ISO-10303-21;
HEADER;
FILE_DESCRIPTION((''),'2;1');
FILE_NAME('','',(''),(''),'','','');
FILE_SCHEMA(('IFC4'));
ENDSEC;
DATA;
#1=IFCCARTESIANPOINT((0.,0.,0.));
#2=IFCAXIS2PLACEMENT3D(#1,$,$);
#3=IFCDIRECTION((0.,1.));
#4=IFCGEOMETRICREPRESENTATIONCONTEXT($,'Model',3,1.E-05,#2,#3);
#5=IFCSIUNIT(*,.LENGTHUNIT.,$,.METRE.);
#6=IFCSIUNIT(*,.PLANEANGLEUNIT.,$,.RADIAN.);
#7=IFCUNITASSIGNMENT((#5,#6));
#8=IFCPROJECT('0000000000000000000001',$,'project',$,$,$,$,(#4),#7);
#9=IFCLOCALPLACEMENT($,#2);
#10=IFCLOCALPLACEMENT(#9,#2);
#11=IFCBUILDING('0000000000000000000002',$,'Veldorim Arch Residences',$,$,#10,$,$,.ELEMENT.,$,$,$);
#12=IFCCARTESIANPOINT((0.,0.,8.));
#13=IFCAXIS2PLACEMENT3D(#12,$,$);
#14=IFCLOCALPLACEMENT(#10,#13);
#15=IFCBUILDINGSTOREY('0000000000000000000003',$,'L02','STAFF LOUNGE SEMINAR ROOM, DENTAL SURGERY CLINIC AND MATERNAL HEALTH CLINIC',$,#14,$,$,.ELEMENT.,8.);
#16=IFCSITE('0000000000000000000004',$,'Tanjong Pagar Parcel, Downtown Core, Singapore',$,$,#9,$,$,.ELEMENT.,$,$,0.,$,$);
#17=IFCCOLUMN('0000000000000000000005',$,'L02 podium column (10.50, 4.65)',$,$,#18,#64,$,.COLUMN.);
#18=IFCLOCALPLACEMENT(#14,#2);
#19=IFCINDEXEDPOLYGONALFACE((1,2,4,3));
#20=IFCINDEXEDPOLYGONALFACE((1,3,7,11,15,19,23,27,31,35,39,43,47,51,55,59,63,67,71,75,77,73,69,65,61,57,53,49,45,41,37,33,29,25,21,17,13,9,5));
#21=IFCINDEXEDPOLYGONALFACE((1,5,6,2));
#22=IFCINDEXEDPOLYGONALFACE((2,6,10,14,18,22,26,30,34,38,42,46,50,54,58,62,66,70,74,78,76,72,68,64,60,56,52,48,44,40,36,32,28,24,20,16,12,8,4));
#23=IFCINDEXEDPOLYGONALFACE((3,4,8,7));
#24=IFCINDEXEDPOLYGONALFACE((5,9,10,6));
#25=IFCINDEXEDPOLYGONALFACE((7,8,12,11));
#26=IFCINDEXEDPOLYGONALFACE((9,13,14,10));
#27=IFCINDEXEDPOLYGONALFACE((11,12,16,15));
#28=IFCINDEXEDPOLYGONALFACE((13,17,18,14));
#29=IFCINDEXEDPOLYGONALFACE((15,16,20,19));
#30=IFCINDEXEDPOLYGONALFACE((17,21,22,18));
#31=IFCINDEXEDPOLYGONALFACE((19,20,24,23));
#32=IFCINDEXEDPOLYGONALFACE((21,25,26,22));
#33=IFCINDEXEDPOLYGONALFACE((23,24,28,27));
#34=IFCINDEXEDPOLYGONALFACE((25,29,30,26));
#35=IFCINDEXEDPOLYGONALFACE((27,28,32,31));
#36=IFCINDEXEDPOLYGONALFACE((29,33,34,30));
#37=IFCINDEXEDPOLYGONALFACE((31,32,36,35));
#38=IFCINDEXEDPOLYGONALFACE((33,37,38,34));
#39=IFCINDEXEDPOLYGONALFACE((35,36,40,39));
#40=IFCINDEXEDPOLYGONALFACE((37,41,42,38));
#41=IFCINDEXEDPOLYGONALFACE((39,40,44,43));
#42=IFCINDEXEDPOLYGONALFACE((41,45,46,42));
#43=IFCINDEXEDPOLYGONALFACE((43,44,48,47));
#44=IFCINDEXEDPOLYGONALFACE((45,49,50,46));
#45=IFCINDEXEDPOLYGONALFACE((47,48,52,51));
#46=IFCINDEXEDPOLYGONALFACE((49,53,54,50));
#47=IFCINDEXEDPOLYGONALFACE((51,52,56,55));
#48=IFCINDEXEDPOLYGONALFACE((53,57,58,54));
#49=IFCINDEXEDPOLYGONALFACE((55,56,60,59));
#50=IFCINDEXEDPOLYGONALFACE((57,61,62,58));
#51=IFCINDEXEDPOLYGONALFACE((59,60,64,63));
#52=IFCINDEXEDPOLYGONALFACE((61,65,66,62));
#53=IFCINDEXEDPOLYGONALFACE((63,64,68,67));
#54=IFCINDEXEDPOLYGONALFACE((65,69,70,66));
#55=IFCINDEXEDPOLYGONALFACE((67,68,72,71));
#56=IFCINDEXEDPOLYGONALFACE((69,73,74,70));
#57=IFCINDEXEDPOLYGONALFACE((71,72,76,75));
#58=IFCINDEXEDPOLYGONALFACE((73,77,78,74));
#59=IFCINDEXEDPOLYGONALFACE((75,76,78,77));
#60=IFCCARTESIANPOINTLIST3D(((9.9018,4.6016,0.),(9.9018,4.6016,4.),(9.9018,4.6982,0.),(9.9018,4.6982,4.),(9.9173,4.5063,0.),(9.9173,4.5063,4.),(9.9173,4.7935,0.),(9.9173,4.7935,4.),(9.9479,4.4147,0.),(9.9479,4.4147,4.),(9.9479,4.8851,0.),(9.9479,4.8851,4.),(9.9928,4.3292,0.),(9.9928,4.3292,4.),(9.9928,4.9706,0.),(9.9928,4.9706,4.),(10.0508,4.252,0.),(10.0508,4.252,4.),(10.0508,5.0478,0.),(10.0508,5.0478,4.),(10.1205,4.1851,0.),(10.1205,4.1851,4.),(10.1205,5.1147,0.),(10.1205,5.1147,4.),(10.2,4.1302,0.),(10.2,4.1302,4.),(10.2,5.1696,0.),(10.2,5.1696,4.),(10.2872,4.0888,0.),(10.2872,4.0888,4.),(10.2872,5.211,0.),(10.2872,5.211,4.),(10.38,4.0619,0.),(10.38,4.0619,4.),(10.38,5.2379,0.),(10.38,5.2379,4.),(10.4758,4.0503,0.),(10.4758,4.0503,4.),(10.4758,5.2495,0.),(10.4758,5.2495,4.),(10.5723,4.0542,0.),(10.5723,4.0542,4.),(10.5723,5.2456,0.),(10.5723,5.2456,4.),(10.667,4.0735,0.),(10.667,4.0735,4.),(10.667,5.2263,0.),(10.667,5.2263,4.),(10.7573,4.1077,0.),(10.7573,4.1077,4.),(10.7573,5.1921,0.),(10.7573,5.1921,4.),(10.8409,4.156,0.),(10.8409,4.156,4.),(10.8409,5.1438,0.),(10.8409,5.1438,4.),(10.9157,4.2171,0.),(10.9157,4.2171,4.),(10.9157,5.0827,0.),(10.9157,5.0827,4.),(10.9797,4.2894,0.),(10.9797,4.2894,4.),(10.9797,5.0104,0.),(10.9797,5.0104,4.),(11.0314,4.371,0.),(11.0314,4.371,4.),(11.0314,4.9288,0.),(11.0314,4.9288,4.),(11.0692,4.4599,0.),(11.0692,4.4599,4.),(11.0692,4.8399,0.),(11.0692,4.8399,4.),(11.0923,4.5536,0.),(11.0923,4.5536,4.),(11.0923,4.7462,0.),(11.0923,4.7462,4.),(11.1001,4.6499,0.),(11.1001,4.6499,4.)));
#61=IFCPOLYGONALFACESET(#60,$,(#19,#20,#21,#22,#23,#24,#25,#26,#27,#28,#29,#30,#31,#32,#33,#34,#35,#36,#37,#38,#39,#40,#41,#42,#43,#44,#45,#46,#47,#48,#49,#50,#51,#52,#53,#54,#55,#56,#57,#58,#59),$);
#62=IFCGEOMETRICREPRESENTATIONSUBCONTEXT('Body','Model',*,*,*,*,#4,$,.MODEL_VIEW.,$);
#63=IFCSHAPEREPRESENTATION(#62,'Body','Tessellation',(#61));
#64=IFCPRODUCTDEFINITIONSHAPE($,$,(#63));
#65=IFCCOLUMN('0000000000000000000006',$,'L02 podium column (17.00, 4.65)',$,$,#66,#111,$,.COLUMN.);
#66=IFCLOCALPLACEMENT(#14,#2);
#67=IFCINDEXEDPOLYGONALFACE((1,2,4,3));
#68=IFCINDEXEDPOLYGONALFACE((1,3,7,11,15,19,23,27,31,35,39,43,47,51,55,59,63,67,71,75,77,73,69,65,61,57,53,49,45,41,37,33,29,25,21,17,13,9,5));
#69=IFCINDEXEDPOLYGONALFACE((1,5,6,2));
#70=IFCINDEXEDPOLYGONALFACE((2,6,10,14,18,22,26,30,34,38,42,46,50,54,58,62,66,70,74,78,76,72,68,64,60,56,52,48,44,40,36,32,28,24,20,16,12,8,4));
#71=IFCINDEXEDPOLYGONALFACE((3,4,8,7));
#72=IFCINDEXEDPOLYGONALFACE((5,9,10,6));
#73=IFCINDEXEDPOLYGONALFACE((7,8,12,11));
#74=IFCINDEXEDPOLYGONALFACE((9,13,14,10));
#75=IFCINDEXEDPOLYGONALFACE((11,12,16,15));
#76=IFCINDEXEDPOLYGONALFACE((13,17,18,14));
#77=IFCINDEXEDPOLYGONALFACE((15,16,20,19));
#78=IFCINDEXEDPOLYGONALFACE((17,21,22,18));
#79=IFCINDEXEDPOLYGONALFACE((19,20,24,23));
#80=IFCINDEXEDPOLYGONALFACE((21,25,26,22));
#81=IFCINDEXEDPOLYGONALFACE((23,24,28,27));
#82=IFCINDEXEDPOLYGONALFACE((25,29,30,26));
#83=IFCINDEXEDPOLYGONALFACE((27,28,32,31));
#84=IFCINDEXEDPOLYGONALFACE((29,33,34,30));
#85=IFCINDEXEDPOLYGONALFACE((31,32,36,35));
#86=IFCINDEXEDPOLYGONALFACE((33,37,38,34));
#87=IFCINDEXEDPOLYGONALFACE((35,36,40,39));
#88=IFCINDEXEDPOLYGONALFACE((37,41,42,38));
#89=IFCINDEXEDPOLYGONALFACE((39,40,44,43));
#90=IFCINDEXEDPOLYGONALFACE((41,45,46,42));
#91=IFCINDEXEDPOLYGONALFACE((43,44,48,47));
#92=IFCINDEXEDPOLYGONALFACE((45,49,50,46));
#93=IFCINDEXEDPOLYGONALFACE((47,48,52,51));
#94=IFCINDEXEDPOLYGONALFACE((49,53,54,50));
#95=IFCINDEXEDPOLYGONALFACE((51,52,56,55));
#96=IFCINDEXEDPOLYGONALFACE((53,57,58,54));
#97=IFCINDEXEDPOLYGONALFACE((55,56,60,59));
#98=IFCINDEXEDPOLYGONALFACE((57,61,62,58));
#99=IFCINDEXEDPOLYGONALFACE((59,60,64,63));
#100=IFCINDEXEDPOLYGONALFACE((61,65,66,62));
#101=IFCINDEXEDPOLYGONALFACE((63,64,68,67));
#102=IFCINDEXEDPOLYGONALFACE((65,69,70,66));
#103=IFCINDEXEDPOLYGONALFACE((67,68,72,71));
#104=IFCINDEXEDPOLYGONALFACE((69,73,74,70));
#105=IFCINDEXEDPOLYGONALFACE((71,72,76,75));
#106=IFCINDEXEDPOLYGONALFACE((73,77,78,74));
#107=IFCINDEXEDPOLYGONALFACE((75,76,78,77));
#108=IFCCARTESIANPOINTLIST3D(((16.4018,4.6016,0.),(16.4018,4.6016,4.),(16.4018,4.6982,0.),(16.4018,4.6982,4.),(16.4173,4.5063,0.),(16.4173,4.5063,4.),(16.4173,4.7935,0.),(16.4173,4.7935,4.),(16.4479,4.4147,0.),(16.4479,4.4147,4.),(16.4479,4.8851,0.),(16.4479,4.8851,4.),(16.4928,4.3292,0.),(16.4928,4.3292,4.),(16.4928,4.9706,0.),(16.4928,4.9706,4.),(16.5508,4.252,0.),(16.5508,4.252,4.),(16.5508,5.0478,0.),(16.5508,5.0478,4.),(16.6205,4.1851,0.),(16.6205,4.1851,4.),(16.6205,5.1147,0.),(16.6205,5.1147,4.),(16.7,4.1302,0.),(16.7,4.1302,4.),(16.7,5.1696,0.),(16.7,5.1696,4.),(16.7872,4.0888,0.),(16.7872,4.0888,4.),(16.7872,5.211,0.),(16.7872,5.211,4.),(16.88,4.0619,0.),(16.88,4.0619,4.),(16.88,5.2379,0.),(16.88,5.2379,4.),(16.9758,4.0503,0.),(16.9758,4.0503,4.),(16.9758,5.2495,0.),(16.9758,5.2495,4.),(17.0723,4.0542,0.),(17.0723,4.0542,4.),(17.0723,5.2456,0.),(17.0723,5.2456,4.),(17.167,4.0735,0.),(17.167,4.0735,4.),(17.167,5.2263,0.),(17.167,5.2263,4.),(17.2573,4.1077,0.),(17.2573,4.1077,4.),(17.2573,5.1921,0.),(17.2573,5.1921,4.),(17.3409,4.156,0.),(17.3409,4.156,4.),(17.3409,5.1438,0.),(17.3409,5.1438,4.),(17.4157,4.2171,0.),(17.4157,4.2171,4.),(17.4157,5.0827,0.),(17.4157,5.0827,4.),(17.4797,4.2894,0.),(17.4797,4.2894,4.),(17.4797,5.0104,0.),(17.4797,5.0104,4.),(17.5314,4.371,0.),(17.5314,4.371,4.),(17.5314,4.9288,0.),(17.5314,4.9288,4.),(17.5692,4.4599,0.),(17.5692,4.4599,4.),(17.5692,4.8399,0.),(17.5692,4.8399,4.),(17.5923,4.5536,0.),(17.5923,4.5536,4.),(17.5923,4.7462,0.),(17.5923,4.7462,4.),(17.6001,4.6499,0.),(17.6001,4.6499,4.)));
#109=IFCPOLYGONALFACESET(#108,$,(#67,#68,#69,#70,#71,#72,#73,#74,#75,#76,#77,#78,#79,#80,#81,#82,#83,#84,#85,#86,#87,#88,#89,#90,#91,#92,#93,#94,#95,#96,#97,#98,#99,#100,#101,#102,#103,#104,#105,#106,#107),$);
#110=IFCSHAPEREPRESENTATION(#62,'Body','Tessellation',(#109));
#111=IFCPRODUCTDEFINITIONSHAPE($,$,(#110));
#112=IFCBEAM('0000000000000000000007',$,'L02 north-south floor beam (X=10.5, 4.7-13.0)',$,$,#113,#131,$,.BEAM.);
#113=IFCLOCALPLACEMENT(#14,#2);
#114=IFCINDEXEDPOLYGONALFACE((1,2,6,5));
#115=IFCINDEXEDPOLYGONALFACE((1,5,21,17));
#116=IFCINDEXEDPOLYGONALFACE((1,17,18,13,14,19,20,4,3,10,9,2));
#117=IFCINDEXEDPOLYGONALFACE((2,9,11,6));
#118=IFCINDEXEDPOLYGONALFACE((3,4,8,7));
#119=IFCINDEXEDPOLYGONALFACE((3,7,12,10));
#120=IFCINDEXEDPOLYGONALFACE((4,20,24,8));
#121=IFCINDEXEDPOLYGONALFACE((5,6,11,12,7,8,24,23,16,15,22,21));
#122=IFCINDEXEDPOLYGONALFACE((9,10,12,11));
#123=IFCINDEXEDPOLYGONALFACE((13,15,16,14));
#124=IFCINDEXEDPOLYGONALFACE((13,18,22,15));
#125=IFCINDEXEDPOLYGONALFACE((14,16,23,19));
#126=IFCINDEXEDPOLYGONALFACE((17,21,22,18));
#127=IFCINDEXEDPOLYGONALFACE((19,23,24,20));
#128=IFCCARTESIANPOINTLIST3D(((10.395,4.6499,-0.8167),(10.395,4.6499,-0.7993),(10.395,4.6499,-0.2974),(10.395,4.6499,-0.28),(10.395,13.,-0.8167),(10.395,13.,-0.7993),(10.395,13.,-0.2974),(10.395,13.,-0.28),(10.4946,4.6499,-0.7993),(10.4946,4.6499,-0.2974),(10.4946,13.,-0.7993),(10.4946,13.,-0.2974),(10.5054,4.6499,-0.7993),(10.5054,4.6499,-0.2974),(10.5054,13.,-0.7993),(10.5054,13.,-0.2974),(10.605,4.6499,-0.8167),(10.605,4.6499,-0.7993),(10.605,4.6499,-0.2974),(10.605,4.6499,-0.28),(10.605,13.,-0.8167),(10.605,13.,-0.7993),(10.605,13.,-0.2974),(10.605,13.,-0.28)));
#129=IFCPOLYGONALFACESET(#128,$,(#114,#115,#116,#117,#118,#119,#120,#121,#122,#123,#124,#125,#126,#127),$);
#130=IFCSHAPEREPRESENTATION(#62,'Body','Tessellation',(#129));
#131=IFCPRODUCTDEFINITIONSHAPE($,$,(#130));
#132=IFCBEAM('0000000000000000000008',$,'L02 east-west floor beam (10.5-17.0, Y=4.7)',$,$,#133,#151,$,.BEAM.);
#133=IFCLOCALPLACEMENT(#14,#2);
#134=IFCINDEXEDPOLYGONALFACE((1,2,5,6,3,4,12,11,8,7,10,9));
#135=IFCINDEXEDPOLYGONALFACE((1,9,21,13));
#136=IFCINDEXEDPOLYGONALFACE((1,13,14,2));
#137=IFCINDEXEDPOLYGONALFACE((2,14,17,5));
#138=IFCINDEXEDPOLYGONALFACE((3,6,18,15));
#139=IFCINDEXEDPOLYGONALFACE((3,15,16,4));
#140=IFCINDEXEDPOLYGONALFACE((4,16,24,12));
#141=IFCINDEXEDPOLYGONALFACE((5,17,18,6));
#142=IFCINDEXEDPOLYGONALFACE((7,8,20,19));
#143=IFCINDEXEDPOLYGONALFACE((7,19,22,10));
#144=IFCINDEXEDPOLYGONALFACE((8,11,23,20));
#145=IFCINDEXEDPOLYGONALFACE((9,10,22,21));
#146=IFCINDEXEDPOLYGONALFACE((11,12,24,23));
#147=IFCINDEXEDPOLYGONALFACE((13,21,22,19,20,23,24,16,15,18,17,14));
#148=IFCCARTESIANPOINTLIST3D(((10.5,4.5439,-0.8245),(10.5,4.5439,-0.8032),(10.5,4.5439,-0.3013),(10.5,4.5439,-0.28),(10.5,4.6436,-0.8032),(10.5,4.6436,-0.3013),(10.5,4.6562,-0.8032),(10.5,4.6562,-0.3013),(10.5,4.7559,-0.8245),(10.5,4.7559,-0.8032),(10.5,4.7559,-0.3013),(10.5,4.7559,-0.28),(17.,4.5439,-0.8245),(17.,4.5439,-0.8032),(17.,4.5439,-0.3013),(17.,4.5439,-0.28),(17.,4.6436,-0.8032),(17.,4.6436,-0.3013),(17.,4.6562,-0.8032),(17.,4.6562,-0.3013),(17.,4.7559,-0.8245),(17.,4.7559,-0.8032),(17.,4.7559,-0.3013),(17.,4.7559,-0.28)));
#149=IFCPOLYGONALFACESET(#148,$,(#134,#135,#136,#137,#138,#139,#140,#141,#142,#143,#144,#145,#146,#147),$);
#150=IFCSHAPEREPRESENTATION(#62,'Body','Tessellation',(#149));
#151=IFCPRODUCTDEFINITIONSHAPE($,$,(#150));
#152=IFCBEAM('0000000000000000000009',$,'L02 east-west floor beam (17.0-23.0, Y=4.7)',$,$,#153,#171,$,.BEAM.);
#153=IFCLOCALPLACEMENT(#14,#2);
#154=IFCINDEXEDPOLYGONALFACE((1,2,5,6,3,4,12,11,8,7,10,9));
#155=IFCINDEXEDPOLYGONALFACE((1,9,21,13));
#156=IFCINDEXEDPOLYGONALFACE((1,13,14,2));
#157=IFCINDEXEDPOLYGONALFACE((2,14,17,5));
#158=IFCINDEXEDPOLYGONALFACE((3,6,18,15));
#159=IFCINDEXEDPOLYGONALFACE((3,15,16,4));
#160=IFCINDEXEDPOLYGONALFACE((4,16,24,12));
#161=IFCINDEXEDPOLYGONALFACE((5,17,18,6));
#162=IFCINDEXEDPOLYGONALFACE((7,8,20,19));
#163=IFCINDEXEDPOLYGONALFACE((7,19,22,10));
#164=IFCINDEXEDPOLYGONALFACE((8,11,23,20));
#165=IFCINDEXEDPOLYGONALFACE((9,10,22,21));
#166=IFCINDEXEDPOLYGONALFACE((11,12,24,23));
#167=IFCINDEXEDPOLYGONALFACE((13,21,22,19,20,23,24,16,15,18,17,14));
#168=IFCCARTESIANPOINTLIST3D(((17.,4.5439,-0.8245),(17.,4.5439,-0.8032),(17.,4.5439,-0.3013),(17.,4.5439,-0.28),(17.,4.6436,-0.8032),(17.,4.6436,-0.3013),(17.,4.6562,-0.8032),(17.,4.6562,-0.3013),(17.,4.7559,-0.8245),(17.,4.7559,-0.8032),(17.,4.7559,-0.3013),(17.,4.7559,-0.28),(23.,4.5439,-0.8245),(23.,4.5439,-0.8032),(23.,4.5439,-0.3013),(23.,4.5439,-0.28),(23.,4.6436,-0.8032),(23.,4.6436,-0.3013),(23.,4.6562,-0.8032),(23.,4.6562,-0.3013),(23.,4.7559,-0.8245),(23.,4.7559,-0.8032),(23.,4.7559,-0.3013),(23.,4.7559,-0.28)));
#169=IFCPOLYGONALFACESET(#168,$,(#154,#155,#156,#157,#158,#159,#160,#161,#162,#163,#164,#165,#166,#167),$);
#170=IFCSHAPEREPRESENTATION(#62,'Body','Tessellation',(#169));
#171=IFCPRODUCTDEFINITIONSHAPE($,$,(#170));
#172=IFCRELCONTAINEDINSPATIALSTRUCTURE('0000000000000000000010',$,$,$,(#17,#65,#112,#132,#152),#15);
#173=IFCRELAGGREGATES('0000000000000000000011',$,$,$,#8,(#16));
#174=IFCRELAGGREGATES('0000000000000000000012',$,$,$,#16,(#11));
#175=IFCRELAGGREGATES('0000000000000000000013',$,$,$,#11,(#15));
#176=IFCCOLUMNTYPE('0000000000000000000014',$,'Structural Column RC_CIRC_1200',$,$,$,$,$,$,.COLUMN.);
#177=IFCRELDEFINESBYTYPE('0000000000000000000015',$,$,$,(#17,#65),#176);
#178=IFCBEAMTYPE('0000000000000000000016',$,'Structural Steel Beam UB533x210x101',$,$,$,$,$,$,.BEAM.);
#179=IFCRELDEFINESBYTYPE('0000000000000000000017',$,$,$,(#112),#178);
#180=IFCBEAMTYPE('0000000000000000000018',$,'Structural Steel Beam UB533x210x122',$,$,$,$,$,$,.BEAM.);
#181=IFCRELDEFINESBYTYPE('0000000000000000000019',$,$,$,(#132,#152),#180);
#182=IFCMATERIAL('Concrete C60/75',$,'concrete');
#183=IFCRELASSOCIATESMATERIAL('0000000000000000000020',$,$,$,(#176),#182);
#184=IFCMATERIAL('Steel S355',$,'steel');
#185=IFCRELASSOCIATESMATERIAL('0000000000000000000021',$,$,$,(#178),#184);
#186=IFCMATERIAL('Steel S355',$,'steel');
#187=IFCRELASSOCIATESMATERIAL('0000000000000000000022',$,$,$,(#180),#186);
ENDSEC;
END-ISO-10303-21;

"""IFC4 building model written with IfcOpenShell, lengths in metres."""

from ifc_helpers import new_model, si_unit, direction, frame, origin, origin_2d, place, context, subcontext, project, spatial, circle, i_section, extrude, material, material_profile, profile_set, type_object, element, save


model = new_model("IFC4")

# Units and contexts
model_context = context("Model", 3, precision=1e-05, world=origin(), true_north=direction((0.0, 1.0)))
body_context = subcontext(model_context, "Body", "Model", "MODEL_VIEW")
ifc_project = project(units=[si_unit("LENGTHUNIT", "METRE"), si_unit("PLANEANGLEUNIT", "RADIAN")], contexts=[model_context])

# Site, building, storey
site_placement = place(None, origin())
site = spatial("IfcSite", under=ifc_project, at=site_placement, Name="Tanjong Pagar Parcel, Downtown Core, Singapore", CompositionType="ELEMENT", RefElevation=0.0)
building_placement = place(site_placement, origin())
building = spatial("IfcBuilding", under=site, at=building_placement, Name="Veldorim Arch Residences", CompositionType="ELEMENT")
storey_placement = place(building_placement, frame((0.0, 0.0, 8.0)))
storey = spatial("IfcBuildingStorey", under=building, at=storey_placement, Name="L02", Description="STAFF LOUNGE SEMINAR ROOM, DENTAL SURGERY CLINIC AND MATERNAL HEALTH CLINIC", CompositionType="ELEMENT", Elevation=8.0)

# Columns
ifc_material_1 = material(Name="Concrete C60/75", Category="concrete")
ifc_material_profile_1 = material_profile(ifc_material_1, circle(Radius=0.6001, at=origin_2d()), Name="RC_CIRC_1200")
ifc_profile_set_1 = profile_set([ifc_material_profile_1], Name="Concrete C60/75")
column_type = type_object("IfcColumnType", Name="Structural Column RC_CIRC_1200", PredefinedType="COLUMN", material=ifc_profile_set_1)
for number, where, z_axis, x_axis, name in (
    (1, (10.5, 4.6499, 0.0), (0.0, 0.0, 1.0), (1.0, 0.0, 0.0), "L02 podium column (10.50, 4.65)"),
    (2, (17.0, 4.6499, 0.0), (0.0, 0.0, 1.0), (1.0, 0.0, 0.0), "L02 podium column (17.00, 4.65)"),
):
    element("IfcColumn", number, at=place(storey_placement, frame(where, z_axis=z_axis, x_axis=x_axis)), inside=storey, type_object=column_type, Name=name, PredefinedType="COLUMN", context=body_context, shape_type="SweptSolid", body=[
        extrude(circle(Radius=0.6001, at=origin_2d()), origin(), (0.0, 0.0, 1.0), 4.0),
    ])

# Beams
ifc_material_2 = material(Name="Steel S355", Category="steel")
ifc_material_profile_2 = material_profile(ifc_material_2, i_section(OverallWidth=0.21, OverallDepth=0.5366, WebThickness=0.0107, FlangeThickness=0.0173, at=origin_2d()), Name="UB533x210x101")
ifc_profile_set_2 = profile_set([ifc_material_profile_2], Name="Steel S355")
beam_type_1 = type_object("IfcBeamType", Name="Structural Steel Beam UB533x210x101", PredefinedType="BEAM", material=ifc_profile_set_2)
beam_1_placement = place(storey_placement, frame((10.5, 4.6499, -0.5483), z_axis=(0.0, 1.0, 0.0), x_axis=(-1.0, 0.0, 0.0)))
element("IfcBeam", 3, at=beam_1_placement, inside=storey, type_object=beam_type_1, Name="L02 north-south floor beam (X=10.5, 4.7-13.0)", PredefinedType="BEAM", context=body_context, shape_type="SweptSolid", body=[
    extrude(i_section(OverallWidth=0.21, OverallDepth=0.5366, WebThickness=0.0107, FlangeThickness=0.0173, at=origin_2d()), origin(), (0.0, 0.0, 1.0), 8.3501),
])
ifc_material_3 = material(Name="Steel S355", Category="steel")
ifc_material_profile_3 = material_profile(ifc_material_3, i_section(OverallWidth=0.2119, OverallDepth=0.5444, WebThickness=0.0127, FlangeThickness=0.0212, at=origin_2d()), Name="UB533x210x122")
ifc_profile_set_3 = profile_set([ifc_material_profile_3], Name="Steel S355")
beam_type_2 = type_object("IfcBeamType", Name="Structural Steel Beam UB533x210x122", PredefinedType="BEAM", material=ifc_profile_set_3)
beam_2_placement = place(storey_placement, frame((10.5, 4.6499, -0.5522), z_axis=(1.0, 0.0, 0.0), x_axis=(0.0, 1.0, 0.0)))
element("IfcBeam", 4, at=beam_2_placement, inside=storey, type_object=beam_type_2, Name="L02 east-west floor beam (10.5-17.0, Y=4.7)", PredefinedType="BEAM", context=body_context, shape_type="SweptSolid", body=[
    extrude(i_section(OverallWidth=0.2119, OverallDepth=0.5444, WebThickness=0.0127, FlangeThickness=0.0212, at=origin_2d()), origin(), (0.0, 0.0, 1.0), 6.5),
])
beam_3_placement = place(storey_placement, frame((17.0, 4.6499, -0.5522), z_axis=(1.0, 0.0, 0.0), x_axis=(0.0, 1.0, 0.0)))
element("IfcBeam", 5, at=beam_3_placement, inside=storey, type_object=beam_type_2, Name="L02 east-west floor beam (17.0-23.0, Y=4.7)", PredefinedType="BEAM", context=body_context, shape_type="SweptSolid", body=[
    extrude(i_section(OverallWidth=0.2119, OverallDepth=0.5444, WebThickness=0.0127, FlangeThickness=0.0212, at=origin_2d()), origin(), (0.0, 0.0, 1.0), 6.0),
])

save(model, "model.ifc")
